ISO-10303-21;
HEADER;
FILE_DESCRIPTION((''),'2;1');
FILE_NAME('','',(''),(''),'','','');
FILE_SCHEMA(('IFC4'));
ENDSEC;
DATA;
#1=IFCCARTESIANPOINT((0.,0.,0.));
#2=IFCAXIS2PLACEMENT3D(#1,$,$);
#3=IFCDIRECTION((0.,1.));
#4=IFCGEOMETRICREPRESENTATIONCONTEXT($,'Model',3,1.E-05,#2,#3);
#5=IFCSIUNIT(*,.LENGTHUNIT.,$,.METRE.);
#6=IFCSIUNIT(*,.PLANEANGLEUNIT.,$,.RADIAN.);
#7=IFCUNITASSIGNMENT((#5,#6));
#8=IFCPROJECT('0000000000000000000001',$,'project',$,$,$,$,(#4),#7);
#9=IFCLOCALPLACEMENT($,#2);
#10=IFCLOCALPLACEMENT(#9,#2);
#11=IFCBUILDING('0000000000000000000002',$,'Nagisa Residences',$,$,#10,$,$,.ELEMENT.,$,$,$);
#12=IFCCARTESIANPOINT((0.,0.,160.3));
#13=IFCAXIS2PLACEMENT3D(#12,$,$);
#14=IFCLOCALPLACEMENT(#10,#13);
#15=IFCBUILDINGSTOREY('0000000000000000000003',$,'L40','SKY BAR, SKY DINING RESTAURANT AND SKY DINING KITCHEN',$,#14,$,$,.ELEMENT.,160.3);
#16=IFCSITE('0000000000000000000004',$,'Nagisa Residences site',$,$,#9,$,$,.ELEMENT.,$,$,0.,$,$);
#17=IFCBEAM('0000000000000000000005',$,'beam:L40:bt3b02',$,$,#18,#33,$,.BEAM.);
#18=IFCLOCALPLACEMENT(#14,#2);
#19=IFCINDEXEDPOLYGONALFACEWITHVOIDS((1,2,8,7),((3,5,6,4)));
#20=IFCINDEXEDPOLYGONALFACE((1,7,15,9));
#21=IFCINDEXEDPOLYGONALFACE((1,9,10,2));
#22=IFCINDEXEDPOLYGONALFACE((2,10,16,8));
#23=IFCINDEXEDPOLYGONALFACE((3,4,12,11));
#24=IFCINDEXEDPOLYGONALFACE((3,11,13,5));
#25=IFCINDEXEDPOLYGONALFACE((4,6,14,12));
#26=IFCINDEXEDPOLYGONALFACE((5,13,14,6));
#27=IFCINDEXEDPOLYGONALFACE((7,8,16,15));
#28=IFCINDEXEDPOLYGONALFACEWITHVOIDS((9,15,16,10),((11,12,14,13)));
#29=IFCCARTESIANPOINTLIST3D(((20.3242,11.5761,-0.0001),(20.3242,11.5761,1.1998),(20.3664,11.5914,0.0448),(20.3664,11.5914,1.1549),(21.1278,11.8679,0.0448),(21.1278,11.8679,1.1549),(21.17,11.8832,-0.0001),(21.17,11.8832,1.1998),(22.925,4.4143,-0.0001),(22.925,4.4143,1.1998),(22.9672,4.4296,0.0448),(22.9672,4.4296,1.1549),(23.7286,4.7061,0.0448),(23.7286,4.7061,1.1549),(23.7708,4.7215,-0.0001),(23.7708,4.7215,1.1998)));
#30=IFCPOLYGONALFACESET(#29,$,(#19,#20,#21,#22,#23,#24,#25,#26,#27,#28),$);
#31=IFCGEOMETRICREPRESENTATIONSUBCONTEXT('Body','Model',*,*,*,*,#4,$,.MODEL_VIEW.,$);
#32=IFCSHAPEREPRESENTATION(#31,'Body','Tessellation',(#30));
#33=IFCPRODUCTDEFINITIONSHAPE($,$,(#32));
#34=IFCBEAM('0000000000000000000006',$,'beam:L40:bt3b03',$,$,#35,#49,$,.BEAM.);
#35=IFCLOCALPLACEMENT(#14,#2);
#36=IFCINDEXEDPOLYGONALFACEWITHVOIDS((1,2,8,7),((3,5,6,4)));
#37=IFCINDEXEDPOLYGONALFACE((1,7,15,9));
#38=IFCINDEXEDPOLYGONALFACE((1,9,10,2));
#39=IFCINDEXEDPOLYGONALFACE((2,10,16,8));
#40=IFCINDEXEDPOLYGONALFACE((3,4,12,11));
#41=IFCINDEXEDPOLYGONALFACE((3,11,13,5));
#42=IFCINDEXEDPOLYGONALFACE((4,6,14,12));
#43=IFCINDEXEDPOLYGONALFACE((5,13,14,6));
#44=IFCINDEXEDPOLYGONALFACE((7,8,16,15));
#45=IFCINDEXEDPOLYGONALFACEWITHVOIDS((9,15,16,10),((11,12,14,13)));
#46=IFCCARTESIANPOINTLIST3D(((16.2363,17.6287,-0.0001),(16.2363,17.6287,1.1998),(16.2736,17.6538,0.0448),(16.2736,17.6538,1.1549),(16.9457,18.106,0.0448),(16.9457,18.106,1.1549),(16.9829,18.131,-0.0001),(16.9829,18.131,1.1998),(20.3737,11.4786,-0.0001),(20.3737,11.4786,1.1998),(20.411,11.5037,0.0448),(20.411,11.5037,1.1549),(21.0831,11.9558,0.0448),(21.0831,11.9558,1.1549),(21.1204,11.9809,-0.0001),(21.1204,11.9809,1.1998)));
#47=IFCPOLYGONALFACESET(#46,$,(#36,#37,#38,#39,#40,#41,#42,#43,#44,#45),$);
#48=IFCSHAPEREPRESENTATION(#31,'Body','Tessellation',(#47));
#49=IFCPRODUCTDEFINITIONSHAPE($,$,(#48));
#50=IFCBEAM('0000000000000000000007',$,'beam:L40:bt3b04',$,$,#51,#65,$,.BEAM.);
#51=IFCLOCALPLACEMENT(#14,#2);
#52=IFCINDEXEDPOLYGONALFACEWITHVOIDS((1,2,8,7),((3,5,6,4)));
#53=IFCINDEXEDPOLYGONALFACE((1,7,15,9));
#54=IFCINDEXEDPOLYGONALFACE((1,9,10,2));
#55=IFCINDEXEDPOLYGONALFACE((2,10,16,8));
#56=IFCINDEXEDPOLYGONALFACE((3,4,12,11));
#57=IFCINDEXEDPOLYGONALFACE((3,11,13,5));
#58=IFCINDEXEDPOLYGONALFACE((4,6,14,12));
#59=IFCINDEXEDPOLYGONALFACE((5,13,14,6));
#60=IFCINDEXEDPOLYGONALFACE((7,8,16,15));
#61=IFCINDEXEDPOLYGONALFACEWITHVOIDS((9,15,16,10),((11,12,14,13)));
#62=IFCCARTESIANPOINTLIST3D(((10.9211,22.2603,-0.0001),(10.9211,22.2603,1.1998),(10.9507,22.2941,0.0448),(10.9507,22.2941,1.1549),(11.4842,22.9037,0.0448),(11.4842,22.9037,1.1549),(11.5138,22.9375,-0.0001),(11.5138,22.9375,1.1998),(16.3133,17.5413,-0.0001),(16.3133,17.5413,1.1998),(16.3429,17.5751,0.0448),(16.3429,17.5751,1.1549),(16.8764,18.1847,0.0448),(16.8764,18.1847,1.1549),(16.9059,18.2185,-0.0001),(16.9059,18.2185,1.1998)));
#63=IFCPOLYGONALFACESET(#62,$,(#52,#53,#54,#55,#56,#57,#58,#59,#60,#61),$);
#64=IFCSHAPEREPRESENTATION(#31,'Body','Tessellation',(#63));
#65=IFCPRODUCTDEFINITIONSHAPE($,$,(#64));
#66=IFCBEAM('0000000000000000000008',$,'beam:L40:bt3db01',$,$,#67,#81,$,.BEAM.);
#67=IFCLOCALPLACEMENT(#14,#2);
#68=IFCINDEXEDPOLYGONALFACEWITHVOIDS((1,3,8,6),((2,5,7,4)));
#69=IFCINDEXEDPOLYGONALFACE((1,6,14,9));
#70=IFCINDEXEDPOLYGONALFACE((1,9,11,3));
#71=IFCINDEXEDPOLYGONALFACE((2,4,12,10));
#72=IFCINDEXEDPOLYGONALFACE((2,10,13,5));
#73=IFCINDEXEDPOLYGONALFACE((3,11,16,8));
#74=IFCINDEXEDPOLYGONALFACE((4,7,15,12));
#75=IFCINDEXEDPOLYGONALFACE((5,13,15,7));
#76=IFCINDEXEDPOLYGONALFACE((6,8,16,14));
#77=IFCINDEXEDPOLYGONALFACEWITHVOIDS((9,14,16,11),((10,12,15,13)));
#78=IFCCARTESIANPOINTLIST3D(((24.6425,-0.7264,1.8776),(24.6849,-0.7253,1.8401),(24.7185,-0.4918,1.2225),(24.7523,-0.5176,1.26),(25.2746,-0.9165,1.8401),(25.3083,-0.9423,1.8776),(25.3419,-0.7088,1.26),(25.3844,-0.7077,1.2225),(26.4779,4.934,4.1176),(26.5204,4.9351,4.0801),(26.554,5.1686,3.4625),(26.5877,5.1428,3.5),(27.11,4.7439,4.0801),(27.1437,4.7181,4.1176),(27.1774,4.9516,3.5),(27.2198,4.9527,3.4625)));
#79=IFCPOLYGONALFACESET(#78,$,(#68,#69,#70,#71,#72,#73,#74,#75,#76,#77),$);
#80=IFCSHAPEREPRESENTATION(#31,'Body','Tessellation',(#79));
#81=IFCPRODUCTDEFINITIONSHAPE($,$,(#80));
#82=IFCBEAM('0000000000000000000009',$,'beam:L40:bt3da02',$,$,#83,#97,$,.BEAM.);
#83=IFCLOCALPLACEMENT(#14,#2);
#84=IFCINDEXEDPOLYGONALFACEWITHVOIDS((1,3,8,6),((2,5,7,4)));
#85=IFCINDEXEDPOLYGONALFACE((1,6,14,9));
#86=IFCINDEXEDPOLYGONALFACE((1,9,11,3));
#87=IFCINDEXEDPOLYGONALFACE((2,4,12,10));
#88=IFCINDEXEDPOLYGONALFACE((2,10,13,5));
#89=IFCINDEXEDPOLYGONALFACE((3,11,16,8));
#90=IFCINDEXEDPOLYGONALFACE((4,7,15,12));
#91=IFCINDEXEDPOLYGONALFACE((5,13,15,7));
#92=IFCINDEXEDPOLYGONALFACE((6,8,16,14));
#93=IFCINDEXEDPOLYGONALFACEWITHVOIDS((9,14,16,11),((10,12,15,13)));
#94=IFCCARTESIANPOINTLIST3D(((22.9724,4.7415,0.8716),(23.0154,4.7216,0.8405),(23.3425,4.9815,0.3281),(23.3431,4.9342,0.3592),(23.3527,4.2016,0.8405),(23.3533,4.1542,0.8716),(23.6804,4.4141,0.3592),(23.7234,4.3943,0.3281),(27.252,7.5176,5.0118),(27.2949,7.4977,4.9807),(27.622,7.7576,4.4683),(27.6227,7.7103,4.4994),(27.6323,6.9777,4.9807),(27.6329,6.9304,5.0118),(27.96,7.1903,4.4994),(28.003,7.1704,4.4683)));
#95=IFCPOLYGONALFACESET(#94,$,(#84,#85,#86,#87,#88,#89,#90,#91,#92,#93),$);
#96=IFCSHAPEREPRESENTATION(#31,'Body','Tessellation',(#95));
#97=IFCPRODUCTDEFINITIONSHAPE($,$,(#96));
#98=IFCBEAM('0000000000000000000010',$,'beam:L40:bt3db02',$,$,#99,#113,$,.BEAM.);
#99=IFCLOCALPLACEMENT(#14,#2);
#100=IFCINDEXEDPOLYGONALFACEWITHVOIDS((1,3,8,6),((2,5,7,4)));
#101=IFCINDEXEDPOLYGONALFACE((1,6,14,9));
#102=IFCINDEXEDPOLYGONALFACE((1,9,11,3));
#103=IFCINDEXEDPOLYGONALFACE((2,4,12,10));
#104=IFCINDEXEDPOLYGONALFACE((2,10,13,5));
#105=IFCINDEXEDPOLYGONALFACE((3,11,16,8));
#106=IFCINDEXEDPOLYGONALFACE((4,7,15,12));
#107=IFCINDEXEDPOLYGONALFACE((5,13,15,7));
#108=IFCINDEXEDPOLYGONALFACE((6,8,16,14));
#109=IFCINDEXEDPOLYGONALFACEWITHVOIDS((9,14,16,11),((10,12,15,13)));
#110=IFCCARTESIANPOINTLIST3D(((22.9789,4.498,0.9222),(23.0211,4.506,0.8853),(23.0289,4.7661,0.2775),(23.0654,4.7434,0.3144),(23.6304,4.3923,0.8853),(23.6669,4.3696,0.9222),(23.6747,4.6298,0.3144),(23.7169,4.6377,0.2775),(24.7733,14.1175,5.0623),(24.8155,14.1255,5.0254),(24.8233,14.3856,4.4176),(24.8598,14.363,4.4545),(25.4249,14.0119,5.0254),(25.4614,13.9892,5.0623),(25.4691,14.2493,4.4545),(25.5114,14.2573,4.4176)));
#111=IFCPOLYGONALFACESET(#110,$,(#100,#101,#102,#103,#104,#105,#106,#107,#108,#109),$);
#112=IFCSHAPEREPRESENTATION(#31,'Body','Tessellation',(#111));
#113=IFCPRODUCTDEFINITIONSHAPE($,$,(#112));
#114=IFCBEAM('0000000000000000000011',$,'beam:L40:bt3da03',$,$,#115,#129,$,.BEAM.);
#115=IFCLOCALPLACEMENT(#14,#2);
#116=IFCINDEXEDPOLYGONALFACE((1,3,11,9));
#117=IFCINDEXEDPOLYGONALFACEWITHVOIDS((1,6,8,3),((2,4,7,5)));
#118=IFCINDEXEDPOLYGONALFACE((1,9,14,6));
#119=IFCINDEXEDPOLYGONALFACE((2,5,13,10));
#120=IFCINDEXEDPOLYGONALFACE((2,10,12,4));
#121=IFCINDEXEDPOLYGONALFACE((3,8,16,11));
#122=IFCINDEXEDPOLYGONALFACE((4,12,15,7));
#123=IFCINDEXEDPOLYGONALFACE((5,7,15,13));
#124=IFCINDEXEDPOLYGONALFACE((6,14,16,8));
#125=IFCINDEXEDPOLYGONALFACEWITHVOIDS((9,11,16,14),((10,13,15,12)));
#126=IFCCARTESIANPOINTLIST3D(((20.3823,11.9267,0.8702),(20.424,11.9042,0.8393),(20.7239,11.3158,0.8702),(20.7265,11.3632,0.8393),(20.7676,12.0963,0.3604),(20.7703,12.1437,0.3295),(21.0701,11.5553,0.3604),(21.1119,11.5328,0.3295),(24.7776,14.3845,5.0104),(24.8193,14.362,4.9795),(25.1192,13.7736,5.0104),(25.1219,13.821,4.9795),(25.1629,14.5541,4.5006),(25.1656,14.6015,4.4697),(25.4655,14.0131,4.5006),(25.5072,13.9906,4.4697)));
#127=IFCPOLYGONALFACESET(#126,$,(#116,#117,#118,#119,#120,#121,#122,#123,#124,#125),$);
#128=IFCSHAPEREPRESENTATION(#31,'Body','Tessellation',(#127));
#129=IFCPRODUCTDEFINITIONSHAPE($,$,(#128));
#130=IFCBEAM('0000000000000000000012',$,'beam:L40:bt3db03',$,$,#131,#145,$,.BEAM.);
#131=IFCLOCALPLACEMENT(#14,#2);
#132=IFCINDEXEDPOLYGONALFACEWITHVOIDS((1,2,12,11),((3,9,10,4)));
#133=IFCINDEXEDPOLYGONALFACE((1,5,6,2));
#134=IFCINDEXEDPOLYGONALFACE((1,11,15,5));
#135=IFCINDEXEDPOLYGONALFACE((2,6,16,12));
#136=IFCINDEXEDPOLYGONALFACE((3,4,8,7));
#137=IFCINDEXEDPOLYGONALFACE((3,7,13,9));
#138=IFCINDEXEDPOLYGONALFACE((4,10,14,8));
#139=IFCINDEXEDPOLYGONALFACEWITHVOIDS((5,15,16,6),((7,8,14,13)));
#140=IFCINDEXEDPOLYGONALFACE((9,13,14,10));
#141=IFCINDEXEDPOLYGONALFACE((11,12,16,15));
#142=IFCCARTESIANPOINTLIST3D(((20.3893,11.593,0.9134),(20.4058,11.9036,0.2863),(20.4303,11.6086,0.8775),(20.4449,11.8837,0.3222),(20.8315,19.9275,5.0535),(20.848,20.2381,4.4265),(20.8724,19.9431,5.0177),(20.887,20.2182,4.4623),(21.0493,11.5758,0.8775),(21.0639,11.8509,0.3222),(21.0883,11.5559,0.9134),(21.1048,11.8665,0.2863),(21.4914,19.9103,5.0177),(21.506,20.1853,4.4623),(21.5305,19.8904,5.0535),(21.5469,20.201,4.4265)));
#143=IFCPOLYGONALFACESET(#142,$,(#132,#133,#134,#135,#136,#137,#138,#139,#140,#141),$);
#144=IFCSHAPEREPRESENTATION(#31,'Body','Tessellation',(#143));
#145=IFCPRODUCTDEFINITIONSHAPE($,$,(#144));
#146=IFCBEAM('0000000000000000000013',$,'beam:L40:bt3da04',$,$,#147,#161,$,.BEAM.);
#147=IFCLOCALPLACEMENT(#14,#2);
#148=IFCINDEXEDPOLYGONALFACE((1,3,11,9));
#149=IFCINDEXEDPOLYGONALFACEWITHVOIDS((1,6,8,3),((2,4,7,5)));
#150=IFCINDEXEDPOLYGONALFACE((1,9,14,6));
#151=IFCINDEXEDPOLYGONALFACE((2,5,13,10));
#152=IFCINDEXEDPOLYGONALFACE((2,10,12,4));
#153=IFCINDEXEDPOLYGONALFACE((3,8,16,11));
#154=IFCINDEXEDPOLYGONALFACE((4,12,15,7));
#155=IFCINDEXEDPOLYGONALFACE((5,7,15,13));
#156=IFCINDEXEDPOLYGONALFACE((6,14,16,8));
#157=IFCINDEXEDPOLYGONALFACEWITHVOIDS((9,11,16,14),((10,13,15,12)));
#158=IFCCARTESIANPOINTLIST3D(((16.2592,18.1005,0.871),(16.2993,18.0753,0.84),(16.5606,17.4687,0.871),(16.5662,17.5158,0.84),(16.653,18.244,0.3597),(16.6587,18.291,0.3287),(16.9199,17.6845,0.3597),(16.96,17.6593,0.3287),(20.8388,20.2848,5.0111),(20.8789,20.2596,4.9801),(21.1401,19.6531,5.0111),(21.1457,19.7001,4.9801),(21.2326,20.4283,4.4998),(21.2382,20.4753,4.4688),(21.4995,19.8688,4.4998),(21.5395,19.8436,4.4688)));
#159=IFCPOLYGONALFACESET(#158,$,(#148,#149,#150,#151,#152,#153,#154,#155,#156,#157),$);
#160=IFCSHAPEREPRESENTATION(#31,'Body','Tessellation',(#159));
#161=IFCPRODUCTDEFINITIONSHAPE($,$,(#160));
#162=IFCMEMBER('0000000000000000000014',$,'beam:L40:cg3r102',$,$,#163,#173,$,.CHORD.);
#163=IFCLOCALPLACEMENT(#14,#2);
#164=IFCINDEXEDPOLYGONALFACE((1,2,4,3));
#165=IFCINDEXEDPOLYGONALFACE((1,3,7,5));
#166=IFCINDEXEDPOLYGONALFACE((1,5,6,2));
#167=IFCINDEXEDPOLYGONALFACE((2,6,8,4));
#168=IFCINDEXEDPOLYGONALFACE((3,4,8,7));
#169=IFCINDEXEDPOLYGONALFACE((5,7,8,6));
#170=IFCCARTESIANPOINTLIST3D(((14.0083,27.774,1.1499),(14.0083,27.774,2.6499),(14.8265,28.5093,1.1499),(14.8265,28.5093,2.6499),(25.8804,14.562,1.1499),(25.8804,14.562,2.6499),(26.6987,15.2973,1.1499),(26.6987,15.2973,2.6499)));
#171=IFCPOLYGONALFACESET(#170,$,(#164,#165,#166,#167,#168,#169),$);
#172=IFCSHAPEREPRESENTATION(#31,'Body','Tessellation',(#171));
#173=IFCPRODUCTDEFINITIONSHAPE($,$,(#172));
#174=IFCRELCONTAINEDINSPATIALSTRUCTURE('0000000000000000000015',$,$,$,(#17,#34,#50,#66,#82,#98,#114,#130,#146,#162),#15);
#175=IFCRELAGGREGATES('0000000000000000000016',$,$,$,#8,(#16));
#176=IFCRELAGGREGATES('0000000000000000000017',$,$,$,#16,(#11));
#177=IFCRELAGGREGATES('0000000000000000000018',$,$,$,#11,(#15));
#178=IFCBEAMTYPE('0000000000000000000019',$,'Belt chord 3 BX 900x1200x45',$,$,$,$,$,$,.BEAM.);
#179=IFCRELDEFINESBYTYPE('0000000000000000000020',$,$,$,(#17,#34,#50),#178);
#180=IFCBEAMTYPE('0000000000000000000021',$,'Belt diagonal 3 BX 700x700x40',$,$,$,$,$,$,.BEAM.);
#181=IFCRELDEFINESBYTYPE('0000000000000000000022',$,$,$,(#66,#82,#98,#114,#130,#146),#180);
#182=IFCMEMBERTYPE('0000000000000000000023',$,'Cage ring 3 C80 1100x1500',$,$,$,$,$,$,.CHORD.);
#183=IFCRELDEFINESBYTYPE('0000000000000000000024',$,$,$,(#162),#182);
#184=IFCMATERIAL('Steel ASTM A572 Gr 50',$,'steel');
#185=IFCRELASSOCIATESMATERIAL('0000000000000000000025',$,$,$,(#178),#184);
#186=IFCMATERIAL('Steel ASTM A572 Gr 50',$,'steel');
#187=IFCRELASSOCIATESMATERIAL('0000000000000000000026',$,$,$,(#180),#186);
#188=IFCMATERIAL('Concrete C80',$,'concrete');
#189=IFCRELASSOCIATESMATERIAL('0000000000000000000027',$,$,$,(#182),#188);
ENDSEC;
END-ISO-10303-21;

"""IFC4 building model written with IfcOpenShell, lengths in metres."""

from ifc_helpers import new_model, si_unit, direction, frame, origin, origin_2d, place, context, subcontext, project, spatial, rectangle, hollow_rectangle, extrude, material, material_profile, profile_set, type_object, element, save


model = new_model("IFC4")

# Units and contexts
model_context = context("Model", 3, precision=1e-05, world=origin(), true_north=direction((0.0, 1.0)))
body_context = subcontext(model_context, "Body", "Model", "MODEL_VIEW")
ifc_project = project(units=[si_unit("LENGTHUNIT", "METRE"), si_unit("PLANEANGLEUNIT", "RADIAN")], contexts=[model_context])

# Site, building, storey
site_placement = place(None, origin())
site = spatial("IfcSite", under=ifc_project, at=site_placement, Name="Nagisa Residences site", CompositionType="ELEMENT", RefElevation=0.0)
building_placement = place(site_placement, origin())
building = spatial("IfcBuilding", under=site, at=building_placement, Name="Nagisa Residences", CompositionType="ELEMENT")
storey_placement = place(building_placement, frame((0.0, 0.0, 160.3)))
storey = spatial("IfcBuildingStorey", under=building, at=storey_placement, Name="L40", Description="SKY BAR, SKY DINING RESTAURANT AND SKY DINING KITCHEN", CompositionType="ELEMENT", Elevation=160.3)

# Beams
ifc_material_1 = material(Name="Steel ASTM A572 Gr 50", Category="steel")
ifc_material_profile_1 = material_profile(ifc_material_1, hollow_rectangle(XDim=0.8999, YDim=1.2, WallThickness=0.0449, at=origin_2d()), Name="BX 900x1200x45")
ifc_profile_set_1 = profile_set([ifc_material_profile_1], Name="Steel ASTM A572 Gr 50")
beam_type_1 = type_object("IfcBeamType", Name="Belt chord 3 BX 900x1200x45", PredefinedType="BEAM", material=ifc_profile_set_1)
beam_1_placement = place(storey_placement, frame((23.3479, 4.5679, 0.5999), z_axis=(-0.341339, 0.93994, 0.0), x_axis=(-0.93994, -0.341339, 0.0)))
element("IfcBeam", 1, at=beam_1_placement, inside=storey, type_object=beam_type_1, Name="beam:L40:bt3b02", PredefinedType="BEAM", context=body_context, shape_type="SweptSolid", body=[
    extrude(hollow_rectangle(XDim=0.8999, YDim=1.2, WallThickness=0.0449, at=origin_2d()), origin(), (0.0, 0.0, 1.0), 7.6194),
])
beam_2_placement = place(storey_placement, frame((20.7471, 11.7297, 0.5999), z_axis=(-0.558184, 0.829717, 0.0), x_axis=(-0.829717, -0.558184, 0.0)))
element("IfcBeam", 2, at=beam_2_placement, inside=storey, type_object=beam_type_1, Name="beam:L40:bt3b03", PredefinedType="BEAM", context=body_context, shape_type="SweptSolid", body=[
    extrude(hollow_rectangle(XDim=0.8999, YDim=1.2, WallThickness=0.0449, at=origin_2d()), origin(), (0.0, 0.0, 1.0), 7.4124),
])
beam_3_placement = place(storey_placement, frame((16.6096, 17.8799, 0.5999), z_axis=(-0.752513, 0.658577, 0.0), x_axis=(-0.658577, -0.752513, 0.0)))
element("IfcBeam", 3, at=beam_3_placement, inside=storey, type_object=beam_type_1, Name="beam:L40:bt3b04", PredefinedType="BEAM", context=body_context, shape_type="SweptSolid", body=[
    extrude(hollow_rectangle(XDim=0.8999, YDim=1.2, WallThickness=0.0449, at=origin_2d()), origin(), (0.0, 0.0, 1.0), 7.1655),
])
ifc_material_2 = material(Name="Steel ASTM A572 Gr 50", Category="steel")
ifc_material_profile_2 = material_profile(ifc_material_2, hollow_rectangle(XDim=0.7, YDim=0.7, WallThickness=0.04, at=origin_2d()), Name="BX 700x700x40")
ifc_profile_set_2 = profile_set([ifc_material_profile_2], Name="Steel ASTM A572 Gr 50")
beam_type_2 = type_object("IfcBeamType", Name="Belt diagonal 3 BX 700x700x40", PredefinedType="BEAM", material=ifc_profile_set_2)
beam_4_placement = place(storey_placement, frame((25.0134, -0.717, 1.55), z_axis=(0.288675, 0.890254, 0.3523), x_axis=(-0.95124, 0.308451, 0.0)))
element("IfcBeam", 4, at=beam_4_placement, inside=storey, type_object=beam_type_2, Name="beam:L40:bt3db01", PredefinedType="BEAM", context=body_context, shape_type="SweptSolid", body=[
    extrude(hollow_rectangle(XDim=0.7, YDim=0.7, WallThickness=0.04, at=origin_2d()), origin(), (0.0, 0.0, 1.0), 6.3582),
])
beam_5_placement = place(storey_placement, frame((23.3479, 4.5679, 0.5999), z_axis=(0.651398, 0.422559, 0.630179), x_axis=(-0.544219, 0.838943, 0.0)))
element("IfcBeam", 5, at=beam_5_placement, inside=storey, type_object=beam_type_2, Name="beam:L40:bt3da02", PredefinedType="BEAM", context=body_context, shape_type="SweptSolid", body=[
    extrude(hollow_rectangle(XDim=0.7, YDim=0.7, WallThickness=0.04, at=origin_2d()), origin(), (0.0, 0.0, 1.0), 6.5698),
])
beam_6_placement = place(storey_placement, frame((23.3479, 4.5679, 0.5999), z_axis=(0.168882, 0.905347, 0.389647), x_axis=(-0.983043, 0.183376, 0.0)))
element("IfcBeam", 6, at=beam_6_placement, inside=storey, type_object=beam_type_2, Name="beam:L40:bt3db02", PredefinedType="BEAM", context=body_context, shape_type="SweptSolid", body=[
    extrude(hollow_rectangle(XDim=0.7, YDim=0.7, WallThickness=0.04, at=origin_2d()), origin(), (0.0, 0.0, 1.0), 10.6252),
])
beam_7_placement = place(storey_placement, frame((20.7471, 11.7297, 0.5999), z_axis=(0.674205, 0.377005, 0.63507), x_axis=(-0.488061, 0.872809, 0.0)))
element("IfcBeam", 7, at=beam_7_placement, inside=storey, type_object=beam_type_2, Name="beam:L40:bt3da03", PredefinedType="BEAM", context=body_context, shape_type="SweptSolid", body=[
    extrude(hollow_rectangle(XDim=0.7, YDim=0.7, WallThickness=0.04, at=origin_2d()), origin(), (0.0, 0.0, 1.0), 6.5193),
])
beam_8_placement = place(storey_placement, frame((20.7471, 11.7297, 0.5999), z_axis=(0.047457, 0.89458, 0.444381), x_axis=(-0.998596, 0.052975, 0.0)))
element("IfcBeam", 8, at=beam_8_placement, inside=storey, type_object=beam_type_2, Name="beam:L40:bt3db03", PredefinedType="BEAM", context=body_context, shape_type="SweptSolid", body=[
    extrude(hollow_rectangle(XDim=0.7, YDim=0.7, WallThickness=0.04, at=origin_2d()), origin(), (0.0, 0.0, 1.0), 9.3167),
])
beam_9_placement = place(storey_placement, frame((16.6096, 17.8799, 0.5999), z_axis=(0.699319, 0.333554, 0.632213), x_axis=(-0.430507, 0.902587, 0.0)))
element("IfcBeam", 9, at=beam_9_placement, inside=storey, type_object=beam_type_2, Name="beam:L40:bt3da04", PredefinedType="BEAM", context=body_context, shape_type="SweptSolid", body=[
    extrude(hollow_rectangle(XDim=0.7, YDim=0.7, WallThickness=0.04, at=origin_2d()), origin(), (0.0, 0.0, 1.0), 6.5486),
])

# Member
ifc_material_3 = material(Name="Concrete C80", Category="concrete")
ifc_material_profile_3 = material_profile(ifc_material_3, rectangle(XDim=1.1001, YDim=1.5, at=origin_2d()), Name="C80 1100x1500")
ifc_profile_set_3 = profile_set([ifc_material_profile_3], Name="Concrete C80")
member_type_1 = type_object("IfcMemberType", Name="Cage ring 3 C80 1100x1500", PredefinedType="CHORD", material=ifc_profile_set_3)
member_1_placement = place(storey_placement, frame((26.2896, 14.9297, 1.8999), z_axis=(-0.668384, 0.743816, 0.0), x_axis=(-0.743816, -0.668384, 0.0)))
element("IfcMember", 10, at=member_1_placement, inside=storey, type_object=member_type_1, Name="beam:L40:cg3r102", PredefinedType="CHORD", context=body_context, shape_type="SweptSolid", body=[
    extrude(rectangle(XDim=1.1001, YDim=1.5, at=origin_2d()), origin(), (0.0, 0.0, 1.0), 17.7625),
])

save(model, "model.ifc")
